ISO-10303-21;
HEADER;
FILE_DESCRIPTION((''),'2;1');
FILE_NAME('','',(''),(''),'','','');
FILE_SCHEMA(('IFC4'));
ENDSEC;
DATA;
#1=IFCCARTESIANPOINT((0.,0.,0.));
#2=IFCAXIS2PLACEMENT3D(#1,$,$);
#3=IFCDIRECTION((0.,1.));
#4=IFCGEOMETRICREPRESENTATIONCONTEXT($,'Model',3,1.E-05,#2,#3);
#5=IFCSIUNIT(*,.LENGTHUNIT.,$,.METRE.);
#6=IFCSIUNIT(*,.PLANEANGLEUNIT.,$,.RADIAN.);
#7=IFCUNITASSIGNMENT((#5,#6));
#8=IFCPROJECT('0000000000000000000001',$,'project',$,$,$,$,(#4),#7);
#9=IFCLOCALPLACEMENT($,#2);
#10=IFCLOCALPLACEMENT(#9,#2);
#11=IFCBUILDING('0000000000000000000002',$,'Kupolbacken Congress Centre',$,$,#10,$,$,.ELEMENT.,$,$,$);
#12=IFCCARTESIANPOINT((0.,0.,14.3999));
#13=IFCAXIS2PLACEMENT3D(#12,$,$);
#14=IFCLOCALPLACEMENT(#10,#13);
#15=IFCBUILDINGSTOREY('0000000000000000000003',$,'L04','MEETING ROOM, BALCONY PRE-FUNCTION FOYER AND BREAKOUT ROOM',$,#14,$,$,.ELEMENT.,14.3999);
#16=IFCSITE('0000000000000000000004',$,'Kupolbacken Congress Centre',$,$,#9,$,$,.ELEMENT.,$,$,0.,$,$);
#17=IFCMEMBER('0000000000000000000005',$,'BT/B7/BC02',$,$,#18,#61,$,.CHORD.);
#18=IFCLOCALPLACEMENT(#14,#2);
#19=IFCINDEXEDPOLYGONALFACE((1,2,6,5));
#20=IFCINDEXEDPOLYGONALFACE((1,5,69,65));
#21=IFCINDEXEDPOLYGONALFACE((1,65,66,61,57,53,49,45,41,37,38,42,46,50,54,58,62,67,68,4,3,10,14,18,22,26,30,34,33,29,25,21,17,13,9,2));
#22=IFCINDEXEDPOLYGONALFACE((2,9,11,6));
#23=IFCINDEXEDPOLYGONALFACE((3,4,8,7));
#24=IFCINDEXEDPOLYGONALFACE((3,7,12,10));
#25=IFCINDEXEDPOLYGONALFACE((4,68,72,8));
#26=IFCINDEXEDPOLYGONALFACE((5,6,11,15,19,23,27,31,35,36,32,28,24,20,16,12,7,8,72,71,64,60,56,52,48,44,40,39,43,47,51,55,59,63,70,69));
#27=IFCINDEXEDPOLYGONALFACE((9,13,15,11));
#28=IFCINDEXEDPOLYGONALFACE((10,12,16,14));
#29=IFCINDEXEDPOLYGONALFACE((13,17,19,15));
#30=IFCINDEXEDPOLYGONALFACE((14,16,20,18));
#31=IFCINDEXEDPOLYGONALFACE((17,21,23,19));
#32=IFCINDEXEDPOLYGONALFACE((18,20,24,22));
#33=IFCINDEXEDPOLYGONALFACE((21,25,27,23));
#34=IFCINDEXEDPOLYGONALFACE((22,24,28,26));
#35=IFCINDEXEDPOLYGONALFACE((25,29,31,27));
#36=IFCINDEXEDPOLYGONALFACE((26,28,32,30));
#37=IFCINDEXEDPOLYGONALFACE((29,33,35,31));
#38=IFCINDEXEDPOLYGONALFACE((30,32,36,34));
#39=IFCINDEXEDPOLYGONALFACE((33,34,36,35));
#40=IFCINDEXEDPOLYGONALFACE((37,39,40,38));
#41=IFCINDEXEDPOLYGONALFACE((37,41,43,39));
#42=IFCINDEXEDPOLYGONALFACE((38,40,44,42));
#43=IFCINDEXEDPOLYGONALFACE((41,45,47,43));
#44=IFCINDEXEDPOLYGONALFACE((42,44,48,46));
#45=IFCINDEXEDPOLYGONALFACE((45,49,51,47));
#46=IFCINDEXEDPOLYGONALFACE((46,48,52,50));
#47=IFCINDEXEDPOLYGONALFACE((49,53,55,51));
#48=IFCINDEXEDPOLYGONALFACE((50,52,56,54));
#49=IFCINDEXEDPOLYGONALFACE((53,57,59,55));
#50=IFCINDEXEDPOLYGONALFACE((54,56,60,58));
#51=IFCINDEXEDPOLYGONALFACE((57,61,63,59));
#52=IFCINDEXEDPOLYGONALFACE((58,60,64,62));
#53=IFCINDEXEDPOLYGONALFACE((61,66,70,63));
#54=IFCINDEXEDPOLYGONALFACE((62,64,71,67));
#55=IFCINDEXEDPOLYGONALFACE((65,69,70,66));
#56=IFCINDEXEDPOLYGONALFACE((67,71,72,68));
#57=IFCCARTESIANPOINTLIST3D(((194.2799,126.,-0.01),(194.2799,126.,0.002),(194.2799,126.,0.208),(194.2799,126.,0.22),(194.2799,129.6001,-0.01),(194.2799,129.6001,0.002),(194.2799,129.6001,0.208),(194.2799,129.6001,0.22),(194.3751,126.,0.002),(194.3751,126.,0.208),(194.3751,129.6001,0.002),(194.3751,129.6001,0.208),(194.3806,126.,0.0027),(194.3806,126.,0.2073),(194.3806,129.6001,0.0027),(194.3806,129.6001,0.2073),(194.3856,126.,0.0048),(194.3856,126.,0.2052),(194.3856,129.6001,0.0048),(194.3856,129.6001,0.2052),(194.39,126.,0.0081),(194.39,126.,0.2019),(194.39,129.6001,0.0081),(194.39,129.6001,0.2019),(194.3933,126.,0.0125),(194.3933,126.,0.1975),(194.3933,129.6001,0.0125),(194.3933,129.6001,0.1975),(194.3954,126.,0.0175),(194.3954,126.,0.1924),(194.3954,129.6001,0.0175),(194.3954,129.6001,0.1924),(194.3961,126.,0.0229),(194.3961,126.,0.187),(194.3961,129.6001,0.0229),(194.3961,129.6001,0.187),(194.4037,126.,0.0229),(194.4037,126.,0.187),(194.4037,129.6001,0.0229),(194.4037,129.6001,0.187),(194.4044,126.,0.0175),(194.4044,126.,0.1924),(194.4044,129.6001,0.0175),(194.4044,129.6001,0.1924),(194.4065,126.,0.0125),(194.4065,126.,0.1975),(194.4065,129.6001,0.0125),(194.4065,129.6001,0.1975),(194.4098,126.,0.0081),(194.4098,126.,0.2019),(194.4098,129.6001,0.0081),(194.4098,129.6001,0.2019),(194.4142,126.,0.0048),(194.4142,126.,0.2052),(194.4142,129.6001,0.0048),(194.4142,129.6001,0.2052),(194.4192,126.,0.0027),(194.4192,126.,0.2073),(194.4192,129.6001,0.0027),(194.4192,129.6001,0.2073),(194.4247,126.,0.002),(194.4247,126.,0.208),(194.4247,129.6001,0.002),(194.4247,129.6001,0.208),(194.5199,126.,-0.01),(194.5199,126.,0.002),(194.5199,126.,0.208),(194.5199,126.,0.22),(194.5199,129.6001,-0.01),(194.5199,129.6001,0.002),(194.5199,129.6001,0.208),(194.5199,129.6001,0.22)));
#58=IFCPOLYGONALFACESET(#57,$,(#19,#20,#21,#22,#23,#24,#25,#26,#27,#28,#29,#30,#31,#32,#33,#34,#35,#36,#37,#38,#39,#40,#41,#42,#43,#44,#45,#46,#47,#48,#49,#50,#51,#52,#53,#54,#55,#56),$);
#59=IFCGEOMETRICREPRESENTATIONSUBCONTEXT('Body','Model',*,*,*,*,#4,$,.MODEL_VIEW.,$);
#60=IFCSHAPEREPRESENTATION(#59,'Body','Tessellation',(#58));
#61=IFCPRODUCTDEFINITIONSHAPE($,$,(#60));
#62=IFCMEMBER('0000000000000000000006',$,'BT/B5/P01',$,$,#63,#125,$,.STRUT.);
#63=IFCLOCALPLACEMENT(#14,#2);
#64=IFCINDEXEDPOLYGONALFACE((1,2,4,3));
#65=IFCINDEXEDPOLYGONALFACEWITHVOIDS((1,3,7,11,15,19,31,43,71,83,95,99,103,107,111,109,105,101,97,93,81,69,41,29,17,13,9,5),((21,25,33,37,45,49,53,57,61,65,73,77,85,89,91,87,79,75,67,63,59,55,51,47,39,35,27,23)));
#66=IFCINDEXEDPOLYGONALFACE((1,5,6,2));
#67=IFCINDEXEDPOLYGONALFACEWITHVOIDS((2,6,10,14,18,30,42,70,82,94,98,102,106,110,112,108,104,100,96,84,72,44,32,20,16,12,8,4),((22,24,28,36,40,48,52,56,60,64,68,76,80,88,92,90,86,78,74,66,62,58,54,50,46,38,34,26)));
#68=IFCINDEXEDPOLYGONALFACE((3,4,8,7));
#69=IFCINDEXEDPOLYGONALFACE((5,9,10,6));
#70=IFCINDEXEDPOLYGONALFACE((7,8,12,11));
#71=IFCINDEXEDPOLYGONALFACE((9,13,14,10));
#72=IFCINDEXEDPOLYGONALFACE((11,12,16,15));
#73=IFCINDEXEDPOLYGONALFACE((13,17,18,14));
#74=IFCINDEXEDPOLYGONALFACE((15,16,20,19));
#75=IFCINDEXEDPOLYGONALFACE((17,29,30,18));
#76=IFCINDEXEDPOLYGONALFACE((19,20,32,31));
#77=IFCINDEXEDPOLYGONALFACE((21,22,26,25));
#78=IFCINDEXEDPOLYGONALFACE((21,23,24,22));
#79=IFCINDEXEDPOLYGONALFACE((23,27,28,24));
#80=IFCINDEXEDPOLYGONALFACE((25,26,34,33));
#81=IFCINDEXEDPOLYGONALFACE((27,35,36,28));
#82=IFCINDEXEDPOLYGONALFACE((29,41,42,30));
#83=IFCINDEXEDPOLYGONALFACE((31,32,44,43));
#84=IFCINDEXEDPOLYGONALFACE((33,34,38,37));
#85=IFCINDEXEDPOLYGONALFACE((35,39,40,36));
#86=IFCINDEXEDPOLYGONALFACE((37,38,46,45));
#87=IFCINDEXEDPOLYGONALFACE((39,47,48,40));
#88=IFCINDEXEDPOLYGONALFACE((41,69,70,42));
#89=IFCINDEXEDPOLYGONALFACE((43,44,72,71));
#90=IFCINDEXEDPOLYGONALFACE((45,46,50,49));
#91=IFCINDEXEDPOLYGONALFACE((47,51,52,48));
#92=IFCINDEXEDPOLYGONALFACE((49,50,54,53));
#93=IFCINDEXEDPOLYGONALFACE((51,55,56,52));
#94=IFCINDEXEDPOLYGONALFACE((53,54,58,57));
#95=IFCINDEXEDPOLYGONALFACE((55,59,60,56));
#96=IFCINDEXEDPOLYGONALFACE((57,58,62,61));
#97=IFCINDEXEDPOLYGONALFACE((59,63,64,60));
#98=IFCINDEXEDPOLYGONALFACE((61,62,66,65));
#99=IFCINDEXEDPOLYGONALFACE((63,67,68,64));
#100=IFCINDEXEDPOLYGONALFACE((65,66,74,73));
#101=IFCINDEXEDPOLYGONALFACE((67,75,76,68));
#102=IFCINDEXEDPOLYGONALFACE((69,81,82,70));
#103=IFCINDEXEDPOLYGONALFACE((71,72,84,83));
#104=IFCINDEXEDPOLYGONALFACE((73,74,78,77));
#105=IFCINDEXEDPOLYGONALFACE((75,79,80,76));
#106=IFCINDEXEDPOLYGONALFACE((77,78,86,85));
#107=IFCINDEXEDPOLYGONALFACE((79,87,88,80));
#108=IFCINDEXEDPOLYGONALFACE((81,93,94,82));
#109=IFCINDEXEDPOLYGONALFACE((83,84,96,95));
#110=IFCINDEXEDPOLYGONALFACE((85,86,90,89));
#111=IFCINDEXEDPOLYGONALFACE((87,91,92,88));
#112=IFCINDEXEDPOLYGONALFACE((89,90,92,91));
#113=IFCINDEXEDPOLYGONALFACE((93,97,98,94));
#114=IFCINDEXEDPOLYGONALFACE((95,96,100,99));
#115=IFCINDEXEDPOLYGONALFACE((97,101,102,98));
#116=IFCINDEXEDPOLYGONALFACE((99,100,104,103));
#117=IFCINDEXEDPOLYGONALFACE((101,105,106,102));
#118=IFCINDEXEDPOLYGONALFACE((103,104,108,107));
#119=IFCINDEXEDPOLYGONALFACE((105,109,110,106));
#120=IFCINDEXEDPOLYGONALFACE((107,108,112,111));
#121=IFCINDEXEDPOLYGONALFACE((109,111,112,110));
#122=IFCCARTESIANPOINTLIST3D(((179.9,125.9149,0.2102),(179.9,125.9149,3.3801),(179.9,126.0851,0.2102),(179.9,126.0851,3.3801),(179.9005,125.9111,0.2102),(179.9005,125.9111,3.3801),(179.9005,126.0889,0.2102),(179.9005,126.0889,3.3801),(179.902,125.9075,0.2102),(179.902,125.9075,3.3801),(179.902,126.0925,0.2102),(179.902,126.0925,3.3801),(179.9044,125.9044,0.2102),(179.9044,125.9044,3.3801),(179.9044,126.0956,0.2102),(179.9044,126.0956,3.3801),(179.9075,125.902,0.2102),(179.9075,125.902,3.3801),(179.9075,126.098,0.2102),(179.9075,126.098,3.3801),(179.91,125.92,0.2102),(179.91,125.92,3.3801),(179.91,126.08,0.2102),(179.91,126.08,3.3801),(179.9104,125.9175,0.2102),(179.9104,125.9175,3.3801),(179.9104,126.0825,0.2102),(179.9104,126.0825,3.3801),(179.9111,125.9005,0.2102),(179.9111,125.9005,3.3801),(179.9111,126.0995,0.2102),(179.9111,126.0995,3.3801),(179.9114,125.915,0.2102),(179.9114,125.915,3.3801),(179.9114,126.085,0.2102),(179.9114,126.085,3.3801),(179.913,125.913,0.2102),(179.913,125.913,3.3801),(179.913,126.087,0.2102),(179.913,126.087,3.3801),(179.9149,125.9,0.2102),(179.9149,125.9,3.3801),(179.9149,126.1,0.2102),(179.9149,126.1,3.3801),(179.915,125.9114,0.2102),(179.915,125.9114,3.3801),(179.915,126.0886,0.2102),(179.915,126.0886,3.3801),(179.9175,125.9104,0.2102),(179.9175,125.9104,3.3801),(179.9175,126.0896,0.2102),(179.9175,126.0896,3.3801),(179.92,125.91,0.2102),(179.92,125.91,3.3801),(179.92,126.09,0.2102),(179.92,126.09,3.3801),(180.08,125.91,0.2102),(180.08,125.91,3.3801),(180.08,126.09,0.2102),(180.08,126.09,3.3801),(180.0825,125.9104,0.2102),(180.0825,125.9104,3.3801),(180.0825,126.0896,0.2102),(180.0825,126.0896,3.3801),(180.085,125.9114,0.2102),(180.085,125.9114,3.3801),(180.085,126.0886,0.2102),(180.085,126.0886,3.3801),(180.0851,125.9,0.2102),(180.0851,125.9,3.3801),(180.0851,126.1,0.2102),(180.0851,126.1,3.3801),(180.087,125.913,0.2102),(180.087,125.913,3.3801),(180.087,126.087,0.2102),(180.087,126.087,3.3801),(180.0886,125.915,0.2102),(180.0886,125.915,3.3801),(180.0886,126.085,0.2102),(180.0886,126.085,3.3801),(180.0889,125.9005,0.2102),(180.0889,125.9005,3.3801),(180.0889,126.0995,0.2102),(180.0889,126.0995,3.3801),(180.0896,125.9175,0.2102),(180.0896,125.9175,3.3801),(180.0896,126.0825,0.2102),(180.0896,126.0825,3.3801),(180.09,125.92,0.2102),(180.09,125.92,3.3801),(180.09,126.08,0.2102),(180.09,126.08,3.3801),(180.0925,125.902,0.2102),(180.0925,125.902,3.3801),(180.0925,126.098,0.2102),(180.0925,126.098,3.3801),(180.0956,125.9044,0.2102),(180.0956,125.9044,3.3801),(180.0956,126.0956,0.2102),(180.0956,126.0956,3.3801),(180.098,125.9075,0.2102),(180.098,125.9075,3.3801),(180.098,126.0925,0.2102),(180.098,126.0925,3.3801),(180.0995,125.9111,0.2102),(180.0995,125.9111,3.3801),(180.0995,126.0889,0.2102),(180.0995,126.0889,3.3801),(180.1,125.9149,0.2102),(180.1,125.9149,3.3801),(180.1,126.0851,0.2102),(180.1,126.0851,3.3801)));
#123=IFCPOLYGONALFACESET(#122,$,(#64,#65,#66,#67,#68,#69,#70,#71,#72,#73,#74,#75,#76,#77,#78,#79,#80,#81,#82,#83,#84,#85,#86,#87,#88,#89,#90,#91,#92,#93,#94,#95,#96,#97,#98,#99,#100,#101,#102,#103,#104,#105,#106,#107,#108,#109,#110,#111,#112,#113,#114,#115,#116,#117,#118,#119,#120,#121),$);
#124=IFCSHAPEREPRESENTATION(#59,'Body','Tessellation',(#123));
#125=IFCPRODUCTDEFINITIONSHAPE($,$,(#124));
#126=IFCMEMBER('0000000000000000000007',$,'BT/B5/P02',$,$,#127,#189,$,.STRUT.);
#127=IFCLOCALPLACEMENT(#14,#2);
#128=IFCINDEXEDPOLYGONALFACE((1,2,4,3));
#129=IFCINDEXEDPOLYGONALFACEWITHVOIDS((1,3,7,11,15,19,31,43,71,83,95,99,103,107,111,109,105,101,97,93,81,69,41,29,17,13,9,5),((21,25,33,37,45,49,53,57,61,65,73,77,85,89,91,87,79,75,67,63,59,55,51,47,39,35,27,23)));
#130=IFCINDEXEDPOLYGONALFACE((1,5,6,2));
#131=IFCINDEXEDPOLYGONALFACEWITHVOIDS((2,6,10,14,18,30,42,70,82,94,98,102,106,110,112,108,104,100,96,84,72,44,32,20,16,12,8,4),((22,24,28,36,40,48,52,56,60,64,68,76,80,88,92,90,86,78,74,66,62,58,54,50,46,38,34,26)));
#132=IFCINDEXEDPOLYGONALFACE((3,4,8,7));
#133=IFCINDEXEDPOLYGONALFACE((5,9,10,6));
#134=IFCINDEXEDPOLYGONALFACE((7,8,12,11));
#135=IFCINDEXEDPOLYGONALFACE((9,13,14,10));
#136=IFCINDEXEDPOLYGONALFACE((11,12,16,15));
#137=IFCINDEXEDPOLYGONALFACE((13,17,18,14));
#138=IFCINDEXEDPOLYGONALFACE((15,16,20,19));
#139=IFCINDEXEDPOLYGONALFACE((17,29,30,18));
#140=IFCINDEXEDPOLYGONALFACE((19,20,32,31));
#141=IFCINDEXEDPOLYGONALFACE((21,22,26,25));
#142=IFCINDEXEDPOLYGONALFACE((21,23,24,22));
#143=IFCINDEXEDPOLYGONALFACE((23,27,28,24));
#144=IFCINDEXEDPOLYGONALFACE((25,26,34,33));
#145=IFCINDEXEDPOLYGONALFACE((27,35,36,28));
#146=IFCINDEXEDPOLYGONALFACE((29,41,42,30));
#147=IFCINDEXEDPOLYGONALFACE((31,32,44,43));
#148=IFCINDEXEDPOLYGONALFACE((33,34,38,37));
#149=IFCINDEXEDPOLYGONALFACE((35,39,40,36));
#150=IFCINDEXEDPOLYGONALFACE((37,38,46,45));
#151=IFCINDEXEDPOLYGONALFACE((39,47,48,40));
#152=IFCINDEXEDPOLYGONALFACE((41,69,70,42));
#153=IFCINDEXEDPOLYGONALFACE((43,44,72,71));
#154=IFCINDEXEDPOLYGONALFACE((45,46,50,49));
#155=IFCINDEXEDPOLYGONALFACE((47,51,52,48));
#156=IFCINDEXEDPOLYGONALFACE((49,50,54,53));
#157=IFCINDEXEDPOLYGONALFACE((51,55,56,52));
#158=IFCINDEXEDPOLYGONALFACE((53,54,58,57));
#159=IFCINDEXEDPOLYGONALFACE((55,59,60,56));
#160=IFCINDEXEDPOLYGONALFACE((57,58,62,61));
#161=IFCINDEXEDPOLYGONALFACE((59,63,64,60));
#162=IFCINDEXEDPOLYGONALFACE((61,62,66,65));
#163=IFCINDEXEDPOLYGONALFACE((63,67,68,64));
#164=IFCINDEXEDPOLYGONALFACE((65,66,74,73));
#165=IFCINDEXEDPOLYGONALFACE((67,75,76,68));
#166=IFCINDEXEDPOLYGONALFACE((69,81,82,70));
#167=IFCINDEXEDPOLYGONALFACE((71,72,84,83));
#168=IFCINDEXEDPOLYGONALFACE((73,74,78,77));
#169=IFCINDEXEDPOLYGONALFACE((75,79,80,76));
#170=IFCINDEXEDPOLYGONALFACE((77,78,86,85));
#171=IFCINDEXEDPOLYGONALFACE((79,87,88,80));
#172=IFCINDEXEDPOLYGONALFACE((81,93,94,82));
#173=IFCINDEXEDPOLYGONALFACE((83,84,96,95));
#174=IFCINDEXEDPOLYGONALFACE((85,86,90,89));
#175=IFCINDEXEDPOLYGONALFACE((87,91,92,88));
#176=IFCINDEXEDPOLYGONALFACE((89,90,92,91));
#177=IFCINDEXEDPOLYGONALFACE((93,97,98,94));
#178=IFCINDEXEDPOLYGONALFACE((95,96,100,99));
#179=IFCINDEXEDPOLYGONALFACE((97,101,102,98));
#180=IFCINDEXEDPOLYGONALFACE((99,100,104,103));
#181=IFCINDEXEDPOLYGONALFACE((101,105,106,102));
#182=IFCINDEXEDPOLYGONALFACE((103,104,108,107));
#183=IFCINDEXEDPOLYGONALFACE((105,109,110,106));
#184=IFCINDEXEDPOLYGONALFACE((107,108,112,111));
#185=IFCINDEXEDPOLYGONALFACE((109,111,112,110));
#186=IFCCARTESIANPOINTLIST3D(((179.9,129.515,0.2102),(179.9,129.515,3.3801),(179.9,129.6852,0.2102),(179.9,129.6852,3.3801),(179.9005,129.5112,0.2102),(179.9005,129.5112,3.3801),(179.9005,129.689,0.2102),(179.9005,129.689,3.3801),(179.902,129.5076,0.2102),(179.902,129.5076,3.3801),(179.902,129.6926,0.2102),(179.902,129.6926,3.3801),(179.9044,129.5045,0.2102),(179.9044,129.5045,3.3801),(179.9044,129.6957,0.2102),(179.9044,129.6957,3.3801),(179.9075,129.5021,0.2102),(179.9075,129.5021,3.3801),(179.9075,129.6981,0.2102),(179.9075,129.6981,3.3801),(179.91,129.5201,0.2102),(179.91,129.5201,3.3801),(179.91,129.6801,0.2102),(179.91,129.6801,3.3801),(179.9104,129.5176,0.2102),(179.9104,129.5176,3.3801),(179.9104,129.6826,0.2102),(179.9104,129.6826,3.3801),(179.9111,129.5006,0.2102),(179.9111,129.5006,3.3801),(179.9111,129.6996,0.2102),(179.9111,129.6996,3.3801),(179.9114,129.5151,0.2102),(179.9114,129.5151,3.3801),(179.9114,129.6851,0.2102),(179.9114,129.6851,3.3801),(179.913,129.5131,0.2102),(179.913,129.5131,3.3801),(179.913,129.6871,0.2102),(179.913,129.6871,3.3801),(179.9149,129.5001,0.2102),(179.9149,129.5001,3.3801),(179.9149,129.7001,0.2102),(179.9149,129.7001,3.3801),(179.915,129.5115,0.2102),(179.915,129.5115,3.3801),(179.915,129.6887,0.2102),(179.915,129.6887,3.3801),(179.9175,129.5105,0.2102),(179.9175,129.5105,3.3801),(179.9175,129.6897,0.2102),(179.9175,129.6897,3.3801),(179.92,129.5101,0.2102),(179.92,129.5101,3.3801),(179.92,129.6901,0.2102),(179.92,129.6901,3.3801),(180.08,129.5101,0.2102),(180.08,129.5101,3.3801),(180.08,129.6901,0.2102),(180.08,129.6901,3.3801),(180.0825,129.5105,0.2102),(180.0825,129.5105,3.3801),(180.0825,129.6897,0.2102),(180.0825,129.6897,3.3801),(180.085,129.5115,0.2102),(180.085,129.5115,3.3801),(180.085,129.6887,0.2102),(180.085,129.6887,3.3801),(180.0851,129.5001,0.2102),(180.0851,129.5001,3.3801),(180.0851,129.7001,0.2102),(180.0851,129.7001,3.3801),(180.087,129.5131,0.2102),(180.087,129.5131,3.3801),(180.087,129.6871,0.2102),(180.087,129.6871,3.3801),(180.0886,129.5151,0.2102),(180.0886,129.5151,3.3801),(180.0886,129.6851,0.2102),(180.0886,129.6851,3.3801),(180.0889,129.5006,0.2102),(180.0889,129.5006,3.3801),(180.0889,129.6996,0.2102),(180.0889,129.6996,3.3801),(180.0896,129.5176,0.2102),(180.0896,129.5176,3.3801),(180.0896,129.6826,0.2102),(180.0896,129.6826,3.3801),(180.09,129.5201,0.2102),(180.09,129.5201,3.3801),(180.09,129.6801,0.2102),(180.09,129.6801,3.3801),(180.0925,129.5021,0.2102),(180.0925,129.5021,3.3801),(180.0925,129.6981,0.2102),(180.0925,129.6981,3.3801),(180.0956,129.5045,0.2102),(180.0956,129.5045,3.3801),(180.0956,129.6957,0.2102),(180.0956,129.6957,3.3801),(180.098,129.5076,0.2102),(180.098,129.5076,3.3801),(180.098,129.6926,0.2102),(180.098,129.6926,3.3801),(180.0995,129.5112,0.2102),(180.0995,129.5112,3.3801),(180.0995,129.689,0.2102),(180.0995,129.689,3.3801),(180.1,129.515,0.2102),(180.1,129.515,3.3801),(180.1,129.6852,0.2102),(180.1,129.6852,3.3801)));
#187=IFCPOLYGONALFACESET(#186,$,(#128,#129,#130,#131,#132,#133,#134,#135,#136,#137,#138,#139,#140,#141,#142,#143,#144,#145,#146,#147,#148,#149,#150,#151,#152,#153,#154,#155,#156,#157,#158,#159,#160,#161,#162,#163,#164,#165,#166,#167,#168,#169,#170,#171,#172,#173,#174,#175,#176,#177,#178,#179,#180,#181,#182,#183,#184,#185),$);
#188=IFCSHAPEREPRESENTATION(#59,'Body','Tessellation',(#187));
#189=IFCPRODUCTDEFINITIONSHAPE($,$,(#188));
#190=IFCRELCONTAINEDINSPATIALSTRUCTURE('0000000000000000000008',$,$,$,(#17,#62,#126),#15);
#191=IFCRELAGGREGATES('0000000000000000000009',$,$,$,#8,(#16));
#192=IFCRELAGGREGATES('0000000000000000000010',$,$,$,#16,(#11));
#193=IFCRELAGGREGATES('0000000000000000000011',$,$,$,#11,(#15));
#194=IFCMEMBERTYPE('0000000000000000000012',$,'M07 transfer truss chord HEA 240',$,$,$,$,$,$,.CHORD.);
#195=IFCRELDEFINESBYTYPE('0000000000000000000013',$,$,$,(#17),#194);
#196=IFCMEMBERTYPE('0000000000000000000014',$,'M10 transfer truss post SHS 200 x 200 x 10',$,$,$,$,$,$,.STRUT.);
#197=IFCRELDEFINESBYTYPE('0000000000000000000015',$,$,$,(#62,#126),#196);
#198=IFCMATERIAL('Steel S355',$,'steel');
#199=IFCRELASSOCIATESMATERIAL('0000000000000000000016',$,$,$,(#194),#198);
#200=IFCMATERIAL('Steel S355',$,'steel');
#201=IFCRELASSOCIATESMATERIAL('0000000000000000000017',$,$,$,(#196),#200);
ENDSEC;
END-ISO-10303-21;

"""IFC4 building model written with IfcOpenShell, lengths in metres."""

from ifc_helpers import new_model, si_unit, direction, frame, origin, origin_2d, place, context, subcontext, project, spatial, hollow_rectangle, i_section, extrude, material, material_profile, profile_set, type_object, element, save


model = new_model("IFC4")

# Units and contexts
model_context = context("Model", 3, precision=1e-05, world=origin(), true_north=direction((0.0, 1.0)))
body_context = subcontext(model_context, "Body", "Model", "MODEL_VIEW")
ifc_project = project(units=[si_unit("LENGTHUNIT", "METRE"), si_unit("PLANEANGLEUNIT", "RADIAN")], contexts=[model_context])

# Site, building, storey
site_placement = place(None, origin())
site = spatial("IfcSite", under=ifc_project, at=site_placement, Name="Kupolbacken Congress Centre", CompositionType="ELEMENT", RefElevation=0.0)
building_placement = place(site_placement, origin())
building = spatial("IfcBuilding", under=site, at=building_placement, Name="Kupolbacken Congress Centre", CompositionType="ELEMENT")
storey_placement = place(building_placement, frame((0.0, 0.0, 14.3999)))
storey = spatial("IfcBuildingStorey", under=building, at=storey_placement, Name="L04", Description="MEETING ROOM, BALCONY PRE-FUNCTION FOYER AND BREAKOUT ROOM", CompositionType="ELEMENT", Elevation=14.3999)

# Members
ifc_material_1 = material(Name="Steel S355", Category="steel")
ifc_material_profile_1 = material_profile(ifc_material_1, i_section(OverallWidth=0.24, OverallDepth=0.23, WebThickness=0.0076, FlangeThickness=0.012, FilletRadius=0.021, at=origin_2d()), Name="HEA 240")
ifc_profile_set_1 = profile_set([ifc_material_profile_1], Name="Steel S355")
member_type_1 = type_object("IfcMemberType", Name="M07 transfer truss chord HEA 240", PredefinedType="CHORD", material=ifc_profile_set_1)
for number, where, z_axis, x_axis, name in (
    (1, (194.3999, 126.0, 0.105), (0.0, 1.0, 0.0), (-1.0, 0.0, 0.0), "BT/B7/BC02"),
):
    element("IfcMember", number, at=place(storey_placement, frame(where, z_axis=z_axis, x_axis=x_axis)), inside=storey, type_object=member_type_1, Name=name, PredefinedType="CHORD", context=body_context, shape_type="SweptSolid", body=[
        extrude(i_section(OverallWidth=0.24, OverallDepth=0.23, WebThickness=0.0076, FlangeThickness=0.012, FilletRadius=0.021, at=origin_2d()), origin(), (0.0, 0.0, 1.0), 3.6001),
    ])
ifc_material_2 = material(Name="Steel S355", Category="steel")
ifc_material_profile_2 = material_profile(ifc_material_2, hollow_rectangle(XDim=0.2, YDim=0.2, WallThickness=0.01, InnerFilletRadius=0.01, OuterFilletRadius=0.0149, at=origin_2d()), Name="SHS 200 x 200 x 10")
ifc_profile_set_2 = profile_set([ifc_material_profile_2], Name="Steel S355")
member_type_2 = type_object("IfcMemberType", Name="M10 transfer truss post SHS 200 x 200 x 10", PredefinedType="STRUT", material=ifc_profile_set_2)
for number, where, z_axis, x_axis, name in (
    (2, (180.0, 126.0, 0.2102), (0.0, 0.0, 1.0), (0.0, 1.0, 0.0), "BT/B5/P01"),
    (3, (180.0, 129.6001, 0.2102), (0.0, 0.0, 1.0), (0.0, 1.0, 0.0), "BT/B5/P02"),
):
    element("IfcMember", number, at=place(storey_placement, frame(where, z_axis=z_axis, x_axis=x_axis)), inside=storey, type_object=member_type_2, Name=name, PredefinedType="STRUT", context=body_context, shape_type="SweptSolid", body=[
        extrude(hollow_rectangle(XDim=0.2, YDim=0.2, WallThickness=0.01, InnerFilletRadius=0.01, OuterFilletRadius=0.0149, at=origin_2d()), origin(), (0.0, 0.0, 1.0), 3.1699),
    ])

save(model, "model.ifc")
